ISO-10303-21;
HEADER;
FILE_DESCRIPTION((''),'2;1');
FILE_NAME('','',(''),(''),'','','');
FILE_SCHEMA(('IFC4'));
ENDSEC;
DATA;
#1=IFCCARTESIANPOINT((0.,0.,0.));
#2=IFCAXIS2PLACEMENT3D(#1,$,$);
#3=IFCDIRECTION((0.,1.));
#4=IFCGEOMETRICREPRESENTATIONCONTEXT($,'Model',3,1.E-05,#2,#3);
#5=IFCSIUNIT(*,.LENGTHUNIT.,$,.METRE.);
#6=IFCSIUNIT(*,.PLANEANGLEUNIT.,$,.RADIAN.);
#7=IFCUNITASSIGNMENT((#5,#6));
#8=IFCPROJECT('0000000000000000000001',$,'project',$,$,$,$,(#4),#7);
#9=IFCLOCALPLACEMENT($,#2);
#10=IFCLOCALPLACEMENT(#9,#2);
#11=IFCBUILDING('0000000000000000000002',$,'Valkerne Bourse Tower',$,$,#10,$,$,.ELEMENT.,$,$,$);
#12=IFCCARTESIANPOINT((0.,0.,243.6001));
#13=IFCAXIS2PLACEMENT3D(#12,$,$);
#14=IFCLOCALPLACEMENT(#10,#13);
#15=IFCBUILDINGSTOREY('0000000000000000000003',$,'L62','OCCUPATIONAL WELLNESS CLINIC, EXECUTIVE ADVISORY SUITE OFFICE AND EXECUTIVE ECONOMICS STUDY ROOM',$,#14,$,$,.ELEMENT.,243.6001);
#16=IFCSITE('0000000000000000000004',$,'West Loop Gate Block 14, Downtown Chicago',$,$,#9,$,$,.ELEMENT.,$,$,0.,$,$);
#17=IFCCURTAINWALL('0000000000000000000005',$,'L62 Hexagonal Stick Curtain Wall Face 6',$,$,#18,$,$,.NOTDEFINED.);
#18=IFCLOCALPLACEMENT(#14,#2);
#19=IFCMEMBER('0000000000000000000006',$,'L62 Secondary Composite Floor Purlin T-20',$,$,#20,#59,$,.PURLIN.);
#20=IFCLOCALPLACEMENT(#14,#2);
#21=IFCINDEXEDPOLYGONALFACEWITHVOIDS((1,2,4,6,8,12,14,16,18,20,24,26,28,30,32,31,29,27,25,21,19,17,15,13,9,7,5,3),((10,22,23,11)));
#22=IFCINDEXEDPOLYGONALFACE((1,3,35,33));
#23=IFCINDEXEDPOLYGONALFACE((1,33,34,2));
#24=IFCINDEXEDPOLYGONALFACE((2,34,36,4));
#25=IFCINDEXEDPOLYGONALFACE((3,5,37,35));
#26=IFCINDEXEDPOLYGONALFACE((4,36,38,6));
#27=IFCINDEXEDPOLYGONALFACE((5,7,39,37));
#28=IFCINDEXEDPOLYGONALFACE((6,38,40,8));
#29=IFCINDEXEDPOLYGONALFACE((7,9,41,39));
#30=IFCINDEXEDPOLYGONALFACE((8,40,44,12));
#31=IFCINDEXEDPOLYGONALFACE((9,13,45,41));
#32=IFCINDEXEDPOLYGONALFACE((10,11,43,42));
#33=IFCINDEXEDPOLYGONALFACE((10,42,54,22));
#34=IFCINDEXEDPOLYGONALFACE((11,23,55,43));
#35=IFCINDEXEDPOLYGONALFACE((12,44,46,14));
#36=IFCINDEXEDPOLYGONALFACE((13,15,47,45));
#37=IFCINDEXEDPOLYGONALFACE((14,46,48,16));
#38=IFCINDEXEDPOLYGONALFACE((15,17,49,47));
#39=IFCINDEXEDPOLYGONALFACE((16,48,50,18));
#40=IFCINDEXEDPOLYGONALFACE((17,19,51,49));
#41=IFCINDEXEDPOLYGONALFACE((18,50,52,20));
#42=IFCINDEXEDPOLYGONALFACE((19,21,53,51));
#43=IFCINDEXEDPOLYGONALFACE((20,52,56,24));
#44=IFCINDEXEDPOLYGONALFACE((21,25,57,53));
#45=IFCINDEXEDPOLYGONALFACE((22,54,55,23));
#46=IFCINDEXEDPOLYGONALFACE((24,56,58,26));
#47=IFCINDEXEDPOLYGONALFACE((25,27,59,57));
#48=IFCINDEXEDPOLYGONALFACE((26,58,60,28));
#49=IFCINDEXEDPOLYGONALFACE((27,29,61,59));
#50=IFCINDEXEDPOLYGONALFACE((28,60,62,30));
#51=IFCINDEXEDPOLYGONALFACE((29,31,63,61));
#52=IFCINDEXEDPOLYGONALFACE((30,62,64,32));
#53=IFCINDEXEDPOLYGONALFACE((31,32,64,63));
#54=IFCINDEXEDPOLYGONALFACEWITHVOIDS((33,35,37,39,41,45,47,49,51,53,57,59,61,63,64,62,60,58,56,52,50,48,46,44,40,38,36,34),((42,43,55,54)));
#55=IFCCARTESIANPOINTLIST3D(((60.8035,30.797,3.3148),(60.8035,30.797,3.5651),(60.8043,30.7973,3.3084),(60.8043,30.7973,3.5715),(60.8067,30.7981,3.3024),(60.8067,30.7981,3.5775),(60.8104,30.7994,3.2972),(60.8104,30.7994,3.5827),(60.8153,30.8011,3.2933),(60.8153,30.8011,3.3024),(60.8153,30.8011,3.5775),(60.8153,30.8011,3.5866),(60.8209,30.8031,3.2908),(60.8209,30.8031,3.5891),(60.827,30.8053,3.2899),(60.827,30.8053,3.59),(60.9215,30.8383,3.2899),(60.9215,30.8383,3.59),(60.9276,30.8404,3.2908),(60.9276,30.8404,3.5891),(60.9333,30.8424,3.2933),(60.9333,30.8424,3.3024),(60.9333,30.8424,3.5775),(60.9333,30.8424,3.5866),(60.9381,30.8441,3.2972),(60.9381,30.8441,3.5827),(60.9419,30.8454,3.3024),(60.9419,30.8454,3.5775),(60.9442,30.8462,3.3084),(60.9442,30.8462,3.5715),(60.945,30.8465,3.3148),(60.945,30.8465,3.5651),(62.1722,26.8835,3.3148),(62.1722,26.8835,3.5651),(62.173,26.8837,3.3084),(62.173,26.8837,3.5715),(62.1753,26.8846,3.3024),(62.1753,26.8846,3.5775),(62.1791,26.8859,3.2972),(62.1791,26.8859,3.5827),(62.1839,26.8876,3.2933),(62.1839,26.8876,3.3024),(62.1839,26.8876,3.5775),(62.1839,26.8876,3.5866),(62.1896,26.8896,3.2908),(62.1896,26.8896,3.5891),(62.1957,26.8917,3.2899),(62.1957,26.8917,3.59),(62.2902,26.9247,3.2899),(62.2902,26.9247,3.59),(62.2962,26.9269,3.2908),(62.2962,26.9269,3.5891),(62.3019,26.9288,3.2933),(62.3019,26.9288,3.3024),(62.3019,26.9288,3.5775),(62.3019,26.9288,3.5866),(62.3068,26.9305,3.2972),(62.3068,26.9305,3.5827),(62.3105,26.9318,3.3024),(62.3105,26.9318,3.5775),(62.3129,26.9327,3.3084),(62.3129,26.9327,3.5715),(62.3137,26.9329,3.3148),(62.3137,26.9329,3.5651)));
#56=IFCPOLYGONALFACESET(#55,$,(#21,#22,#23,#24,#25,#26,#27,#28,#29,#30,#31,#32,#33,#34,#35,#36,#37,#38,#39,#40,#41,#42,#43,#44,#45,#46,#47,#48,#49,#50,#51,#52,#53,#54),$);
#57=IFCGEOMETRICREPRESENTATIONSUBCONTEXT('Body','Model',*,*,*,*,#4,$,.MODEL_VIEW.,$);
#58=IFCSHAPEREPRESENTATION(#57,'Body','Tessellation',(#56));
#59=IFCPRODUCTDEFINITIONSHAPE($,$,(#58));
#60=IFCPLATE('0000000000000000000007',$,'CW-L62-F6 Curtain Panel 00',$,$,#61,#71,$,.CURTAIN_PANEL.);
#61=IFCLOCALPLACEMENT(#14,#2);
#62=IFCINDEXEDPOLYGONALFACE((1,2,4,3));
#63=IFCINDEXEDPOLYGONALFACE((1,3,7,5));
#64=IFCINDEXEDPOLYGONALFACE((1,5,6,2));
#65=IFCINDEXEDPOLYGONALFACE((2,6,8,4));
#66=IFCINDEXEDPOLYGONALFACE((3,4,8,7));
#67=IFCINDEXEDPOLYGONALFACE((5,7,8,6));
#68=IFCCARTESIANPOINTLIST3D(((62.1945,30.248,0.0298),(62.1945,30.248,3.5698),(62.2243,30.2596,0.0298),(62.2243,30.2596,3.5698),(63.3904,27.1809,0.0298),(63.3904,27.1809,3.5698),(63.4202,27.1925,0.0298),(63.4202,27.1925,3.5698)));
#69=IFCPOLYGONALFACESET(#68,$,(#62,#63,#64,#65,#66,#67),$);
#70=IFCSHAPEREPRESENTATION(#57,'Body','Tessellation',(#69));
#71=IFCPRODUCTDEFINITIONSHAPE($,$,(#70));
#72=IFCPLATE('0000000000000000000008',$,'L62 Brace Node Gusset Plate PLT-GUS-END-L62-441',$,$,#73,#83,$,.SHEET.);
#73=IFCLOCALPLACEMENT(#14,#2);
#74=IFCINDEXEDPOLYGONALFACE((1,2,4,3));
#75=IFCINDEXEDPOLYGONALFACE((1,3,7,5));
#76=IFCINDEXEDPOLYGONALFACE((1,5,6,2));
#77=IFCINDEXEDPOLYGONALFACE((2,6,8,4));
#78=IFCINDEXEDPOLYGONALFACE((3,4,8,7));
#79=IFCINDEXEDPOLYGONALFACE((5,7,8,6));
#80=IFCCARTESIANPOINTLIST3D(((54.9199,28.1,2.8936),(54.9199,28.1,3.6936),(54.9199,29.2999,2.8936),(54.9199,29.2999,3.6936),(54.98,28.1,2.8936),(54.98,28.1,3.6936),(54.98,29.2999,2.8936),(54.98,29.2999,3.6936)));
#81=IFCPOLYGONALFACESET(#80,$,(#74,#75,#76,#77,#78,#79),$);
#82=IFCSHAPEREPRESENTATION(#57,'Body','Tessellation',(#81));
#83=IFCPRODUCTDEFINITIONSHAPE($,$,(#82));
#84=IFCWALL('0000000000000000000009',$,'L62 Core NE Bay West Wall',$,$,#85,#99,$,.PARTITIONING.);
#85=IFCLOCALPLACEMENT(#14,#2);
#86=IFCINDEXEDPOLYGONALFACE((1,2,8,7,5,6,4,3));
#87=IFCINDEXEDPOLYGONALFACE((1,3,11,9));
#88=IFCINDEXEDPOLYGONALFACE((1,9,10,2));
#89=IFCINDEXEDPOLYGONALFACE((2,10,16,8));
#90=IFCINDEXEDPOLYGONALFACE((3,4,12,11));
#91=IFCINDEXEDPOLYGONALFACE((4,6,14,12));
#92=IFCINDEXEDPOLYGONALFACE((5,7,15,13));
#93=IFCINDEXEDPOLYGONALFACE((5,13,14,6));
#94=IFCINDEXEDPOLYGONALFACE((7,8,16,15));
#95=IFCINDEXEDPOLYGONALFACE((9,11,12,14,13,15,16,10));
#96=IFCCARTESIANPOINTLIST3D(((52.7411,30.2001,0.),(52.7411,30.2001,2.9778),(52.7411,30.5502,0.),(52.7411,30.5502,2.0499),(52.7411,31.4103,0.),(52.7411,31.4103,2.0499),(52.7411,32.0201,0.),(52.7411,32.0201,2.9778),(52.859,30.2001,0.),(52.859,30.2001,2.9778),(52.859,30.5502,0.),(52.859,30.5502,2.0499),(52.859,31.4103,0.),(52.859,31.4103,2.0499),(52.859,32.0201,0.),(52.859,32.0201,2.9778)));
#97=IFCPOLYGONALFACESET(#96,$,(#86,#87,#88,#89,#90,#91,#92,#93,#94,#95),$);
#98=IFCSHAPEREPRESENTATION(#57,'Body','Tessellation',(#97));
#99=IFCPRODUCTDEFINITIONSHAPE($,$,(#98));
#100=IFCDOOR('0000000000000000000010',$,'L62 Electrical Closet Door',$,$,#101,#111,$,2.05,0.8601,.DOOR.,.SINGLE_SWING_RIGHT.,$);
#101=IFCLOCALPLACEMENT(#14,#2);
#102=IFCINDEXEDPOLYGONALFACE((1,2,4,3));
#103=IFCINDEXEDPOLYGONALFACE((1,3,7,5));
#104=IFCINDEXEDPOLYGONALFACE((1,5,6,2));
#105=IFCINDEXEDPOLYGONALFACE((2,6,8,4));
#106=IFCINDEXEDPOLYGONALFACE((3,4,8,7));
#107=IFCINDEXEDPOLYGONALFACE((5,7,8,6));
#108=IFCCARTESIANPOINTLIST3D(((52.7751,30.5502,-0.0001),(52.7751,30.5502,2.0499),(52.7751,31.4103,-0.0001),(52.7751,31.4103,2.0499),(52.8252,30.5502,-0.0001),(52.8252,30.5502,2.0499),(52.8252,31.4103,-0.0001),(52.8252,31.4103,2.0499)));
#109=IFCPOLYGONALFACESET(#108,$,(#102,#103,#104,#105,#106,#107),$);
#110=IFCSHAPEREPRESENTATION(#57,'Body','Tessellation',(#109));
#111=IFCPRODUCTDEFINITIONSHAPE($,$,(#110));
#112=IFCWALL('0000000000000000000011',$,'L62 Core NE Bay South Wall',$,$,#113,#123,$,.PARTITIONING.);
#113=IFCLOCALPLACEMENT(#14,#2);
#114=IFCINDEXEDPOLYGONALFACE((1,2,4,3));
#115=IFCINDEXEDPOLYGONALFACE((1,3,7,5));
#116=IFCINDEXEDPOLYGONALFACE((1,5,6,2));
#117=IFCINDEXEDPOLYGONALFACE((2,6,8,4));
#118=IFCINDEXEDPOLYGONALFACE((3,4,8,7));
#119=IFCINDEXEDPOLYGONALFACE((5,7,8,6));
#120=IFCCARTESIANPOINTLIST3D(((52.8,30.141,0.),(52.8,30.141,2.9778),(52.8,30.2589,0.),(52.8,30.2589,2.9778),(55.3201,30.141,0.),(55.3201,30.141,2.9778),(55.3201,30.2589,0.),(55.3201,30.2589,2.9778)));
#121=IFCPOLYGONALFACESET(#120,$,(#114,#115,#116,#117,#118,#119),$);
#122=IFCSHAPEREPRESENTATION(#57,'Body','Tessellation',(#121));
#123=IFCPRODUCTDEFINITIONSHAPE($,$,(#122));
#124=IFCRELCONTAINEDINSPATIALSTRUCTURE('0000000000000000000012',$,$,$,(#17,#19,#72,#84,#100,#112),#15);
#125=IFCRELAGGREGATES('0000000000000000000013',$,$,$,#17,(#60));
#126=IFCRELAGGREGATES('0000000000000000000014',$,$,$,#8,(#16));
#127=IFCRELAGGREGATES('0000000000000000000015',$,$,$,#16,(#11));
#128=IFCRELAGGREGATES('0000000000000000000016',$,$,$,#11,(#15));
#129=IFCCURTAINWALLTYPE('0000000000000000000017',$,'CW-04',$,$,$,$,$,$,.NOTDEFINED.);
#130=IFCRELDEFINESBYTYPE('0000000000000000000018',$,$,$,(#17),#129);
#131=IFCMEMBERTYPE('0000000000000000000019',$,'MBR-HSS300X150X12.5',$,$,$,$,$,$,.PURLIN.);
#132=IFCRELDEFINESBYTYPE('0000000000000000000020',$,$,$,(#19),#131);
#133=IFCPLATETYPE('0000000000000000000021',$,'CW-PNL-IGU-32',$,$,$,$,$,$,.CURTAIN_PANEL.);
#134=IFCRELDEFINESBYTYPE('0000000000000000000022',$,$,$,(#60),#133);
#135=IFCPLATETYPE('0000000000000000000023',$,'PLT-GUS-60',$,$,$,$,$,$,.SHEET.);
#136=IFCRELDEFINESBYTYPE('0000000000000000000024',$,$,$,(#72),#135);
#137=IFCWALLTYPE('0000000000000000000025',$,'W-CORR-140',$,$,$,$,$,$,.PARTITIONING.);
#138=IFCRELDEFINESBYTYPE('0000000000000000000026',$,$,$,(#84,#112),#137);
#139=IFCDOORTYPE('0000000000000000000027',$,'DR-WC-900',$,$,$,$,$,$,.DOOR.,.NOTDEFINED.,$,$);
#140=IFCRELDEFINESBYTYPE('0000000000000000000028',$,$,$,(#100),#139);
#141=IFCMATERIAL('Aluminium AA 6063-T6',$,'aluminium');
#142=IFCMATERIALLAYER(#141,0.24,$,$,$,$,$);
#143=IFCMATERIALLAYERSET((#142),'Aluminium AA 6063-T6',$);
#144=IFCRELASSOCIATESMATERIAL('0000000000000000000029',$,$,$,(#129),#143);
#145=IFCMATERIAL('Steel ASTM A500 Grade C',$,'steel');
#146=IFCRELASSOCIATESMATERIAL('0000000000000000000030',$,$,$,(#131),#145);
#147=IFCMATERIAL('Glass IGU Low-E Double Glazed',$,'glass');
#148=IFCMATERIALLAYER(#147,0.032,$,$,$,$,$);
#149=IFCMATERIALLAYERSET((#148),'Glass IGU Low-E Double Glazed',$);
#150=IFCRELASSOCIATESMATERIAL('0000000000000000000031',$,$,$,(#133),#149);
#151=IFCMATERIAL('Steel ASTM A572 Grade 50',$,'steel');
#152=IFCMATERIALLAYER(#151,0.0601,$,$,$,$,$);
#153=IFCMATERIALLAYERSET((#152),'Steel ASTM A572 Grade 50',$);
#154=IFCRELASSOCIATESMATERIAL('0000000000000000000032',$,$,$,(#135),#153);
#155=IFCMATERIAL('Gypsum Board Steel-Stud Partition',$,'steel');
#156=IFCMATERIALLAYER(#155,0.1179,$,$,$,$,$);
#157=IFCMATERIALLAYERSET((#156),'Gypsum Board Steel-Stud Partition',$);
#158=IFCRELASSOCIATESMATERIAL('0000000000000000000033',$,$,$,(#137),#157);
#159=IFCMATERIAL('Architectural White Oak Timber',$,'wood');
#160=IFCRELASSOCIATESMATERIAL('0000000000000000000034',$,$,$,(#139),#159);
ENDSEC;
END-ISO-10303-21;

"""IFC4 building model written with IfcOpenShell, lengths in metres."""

from ifc_helpers import new_model, si_unit, direction, frame, frame_2d, origin, origin_2d, place, context, subcontext, project, spatial, rectangle, hollow_rectangle, extrude, material, layer, layer_set, material_profile, profile_set, type_object, element, fill, aggregate, save


model = new_model("IFC4")

# Units and contexts
model_context = context("Model", 3, precision=1e-05, world=origin(), true_north=direction((0.0, 1.0)))
body_context = subcontext(model_context, "Body", "Model", "MODEL_VIEW")
ifc_project = project(units=[si_unit("LENGTHUNIT", "METRE"), si_unit("PLANEANGLEUNIT", "RADIAN")], contexts=[model_context])

# Site, building, storey
site_placement = place(None, origin())
site = spatial("IfcSite", under=ifc_project, at=site_placement, Name="West Loop Gate Block 14, Downtown Chicago", CompositionType="ELEMENT", RefElevation=0.0)
building_placement = place(site_placement, origin())
building = spatial("IfcBuilding", under=site, at=building_placement, Name="Valkerne Bourse Tower", CompositionType="ELEMENT")
storey_placement = place(building_placement, frame((0.0, 0.0, 243.6001)))
storey = spatial("IfcBuildingStorey", under=building, at=storey_placement, Name="L62", Description="OCCUPATIONAL WELLNESS CLINIC, EXECUTIVE ADVISORY SUITE OFFICE AND EXECUTIVE ECONOMICS STUDY ROOM", CompositionType="ELEMENT", Elevation=243.6001)

# Curtain wall
ifc_material_1 = material(Name="Aluminium AA 6063-T6", Category="aluminium")
ifc_layer_1 = layer(ifc_material_1, 0.24)
ifc_layer_set_1 = layer_set([ifc_layer_1], Name="Aluminium AA 6063-T6")
curtain_wall_type = type_object("IfcCurtainWallType", Name="CW-04", PredefinedType="NOTDEFINED", material=ifc_layer_set_1)
curtain_wall_placement = place(storey_placement, origin())
curtain_wall = element("IfcCurtainWall", 1, at=curtain_wall_placement, inside=storey, type_object=curtain_wall_type, Name="L62 Hexagonal Stick Curtain Wall Face 6", PredefinedType="NOTDEFINED")

# Member
ifc_material_2 = material(Name="Steel ASTM A500 Grade C", Category="steel")
ifc_material_profile_1 = material_profile(ifc_material_2, hollow_rectangle(XDim=0.1499, YDim=0.3, WallThickness=0.0125, OuterFilletRadius=0.0249, at=origin_2d()), Name="HSS300X150X12.5")
ifc_profile_set_1 = profile_set([ifc_material_profile_1], Name="Steel ASTM A500 Grade C")
member_type_1 = type_object("IfcMemberType", Name="MBR-HSS300X150X12.5", PredefinedType="PURLIN", material=ifc_profile_set_1)
member_1_placement = place(storey_placement, frame((62.2429, 26.9082, 3.4399), z_axis=(-0.330114, 0.943941, 0.0), x_axis=(-0.943941, -0.330114, 0.0)))
element("IfcMember", 2, at=member_1_placement, inside=storey, type_object=member_type_1, Name="L62 Secondary Composite Floor Purlin T-20", PredefinedType="PURLIN", context=body_context, shape_type="SweptSolid", body=[
    extrude(hollow_rectangle(XDim=0.1499, YDim=0.3, WallThickness=0.0125, OuterFilletRadius=0.0249, at=origin_2d()), origin(), (0.0, 0.0, 1.0), 4.146),
])

# Plates
ifc_material_3 = material(Name="Glass IGU Low-E Double Glazed", Category="glass")
ifc_layer_2 = layer(ifc_material_3, 0.032)
ifc_layer_set_2 = layer_set([ifc_layer_2], Name="Glass IGU Low-E Double Glazed")
plate_type_1 = type_object("IfcPlateType", Name="CW-PNL-IGU-32", PredefinedType="CURTAIN_PANEL", material=ifc_layer_set_2)
plate_1_placement = place(storey_placement, frame((62.8074, 28.7202, 0.0298), z_axis=(0.0, 0.0, 1.0), x_axis=(-0.363268, 0.931685, 0.0)))
plate_1 = element("IfcPlate", 3, at=plate_1_placement, type_object=plate_type_1, Name="CW-L62-F6 Curtain Panel 00", PredefinedType="CURTAIN_PANEL", context=body_context, shape_type="SweptSolid", body=[
    extrude(rectangle(XDim=3.292, YDim=0.032, at=origin_2d()), origin(), (0.0, 0.0, 1.0), 3.54),
])
aggregate(curtain_wall, [plate_1])
ifc_material_4 = material(Name="Steel ASTM A572 Grade 50", Category="steel")
ifc_layer_3 = layer(ifc_material_4, 0.0601)
ifc_layer_set_3 = layer_set([ifc_layer_3], Name="Steel ASTM A572 Grade 50")
plate_type_2 = type_object("IfcPlateType", Name="PLT-GUS-60", PredefinedType="SHEET", material=ifc_layer_set_3)
plate_2_placement = place(storey_placement, frame((54.95, 28.7, 2.8936), z_axis=(0.0, 0.0, 1.0), x_axis=(0.0, 1.0, 0.0)))
element("IfcPlate", 4, at=plate_2_placement, inside=storey, type_object=plate_type_2, Name="L62 Brace Node Gusset Plate PLT-GUS-END-L62-441", PredefinedType="SHEET", context=body_context, shape_type="SweptSolid", body=[
    extrude(rectangle(XDim=1.2, YDim=0.0601, at=origin_2d()), origin(), (0.0, 0.0, 1.0), 0.8),
])

# Wall, opening, door
ifc_material_5 = material(Name="Gypsum Board Steel-Stud Partition", Category="steel")
ifc_layer_4 = layer(ifc_material_5, 0.1179)
ifc_layer_set_4 = layer_set([ifc_layer_4], Name="Gypsum Board Steel-Stud Partition")
wall_type = type_object("IfcWallType", Name="W-CORR-140", PredefinedType="PARTITIONING", material=ifc_layer_set_4)
wall_1_placement = place(storey_placement, frame((52.8, 30.2, 0.0), z_axis=(0.0, 0.0, 1.0), x_axis=(0.0, 1.0, 0.0)))
wall_1 = element("IfcWall", 5, at=wall_1_placement, inside=storey, type_object=wall_type, Name="L62 Core NE Bay West Wall", PredefinedType="PARTITIONING", context=body_context, shape_type="SweptSolid", body=[
    extrude(rectangle(XDim=1.8201, YDim=0.1179, at=frame_2d((0.9102, 0.0))), origin(), (0.0, 0.0, 1.0), 2.9778),
])
opening_placement = place(wall_1_placement, frame((0.3501, 0.0, 0.0)))
opening = element("IfcOpeningElement", 6, at=opening_placement, cuts=wall_1, PredefinedType="OPENING", context=body_context, shape_type="SweptSolid", body=[
    extrude(rectangle(XDim=0.8601, YDim=2.05, at=frame_2d((0.4302, 1.0249))), frame((0.0, 0.0688, 0.0), z_axis=(0.0, -1.0, 0.0), x_axis=(1.0, 0.0, 0.0)), (0.0, 0.0, 1.0), 0.1379),
])
ifc_material_6 = material(Name="Architectural White Oak Timber", Category="wood")
door_type = type_object("IfcDoorType", Name="DR-WC-900", OperationType="NOTDEFINED", PredefinedType="DOOR", material=ifc_material_6)
door_placement = place(opening_placement, origin())
door = element("IfcDoor", 7, at=door_placement, inside=storey, type_object=door_type, Name="L62 Electrical Closet Door", OperationType="SINGLE_SWING_RIGHT", OverallHeight=2.05, OverallWidth=0.8601, PredefinedType="DOOR", context=body_context, shape_type="SweptSolid", body=[
    extrude(rectangle(XDim=0.8601, YDim=2.05, at=frame_2d((0.4302, 1.0249))), frame((0.0, 0.0249, 0.0), z_axis=(0.0, -1.0, 0.0), x_axis=(1.0, 0.0, 0.0)), (0.0, 0.0, 1.0), 0.05),
])
fill(opening, door)

# Wall
wall_2_placement = place(storey_placement, frame((52.8, 30.2, 0.0), z_axis=(0.0, 0.0, 1.0), x_axis=(1.0, 0.0, 0.0)))
element("IfcWall", 8, at=wall_2_placement, inside=storey, type_object=wall_type, Name="L62 Core NE Bay South Wall", PredefinedType="PARTITIONING", context=body_context, shape_type="SweptSolid", body=[
    extrude(rectangle(XDim=2.52, YDim=0.1179, at=frame_2d((1.26, 0.0))), origin(), (0.0, 0.0, 1.0), 2.9778),
])

save(model, "model.ifc")
